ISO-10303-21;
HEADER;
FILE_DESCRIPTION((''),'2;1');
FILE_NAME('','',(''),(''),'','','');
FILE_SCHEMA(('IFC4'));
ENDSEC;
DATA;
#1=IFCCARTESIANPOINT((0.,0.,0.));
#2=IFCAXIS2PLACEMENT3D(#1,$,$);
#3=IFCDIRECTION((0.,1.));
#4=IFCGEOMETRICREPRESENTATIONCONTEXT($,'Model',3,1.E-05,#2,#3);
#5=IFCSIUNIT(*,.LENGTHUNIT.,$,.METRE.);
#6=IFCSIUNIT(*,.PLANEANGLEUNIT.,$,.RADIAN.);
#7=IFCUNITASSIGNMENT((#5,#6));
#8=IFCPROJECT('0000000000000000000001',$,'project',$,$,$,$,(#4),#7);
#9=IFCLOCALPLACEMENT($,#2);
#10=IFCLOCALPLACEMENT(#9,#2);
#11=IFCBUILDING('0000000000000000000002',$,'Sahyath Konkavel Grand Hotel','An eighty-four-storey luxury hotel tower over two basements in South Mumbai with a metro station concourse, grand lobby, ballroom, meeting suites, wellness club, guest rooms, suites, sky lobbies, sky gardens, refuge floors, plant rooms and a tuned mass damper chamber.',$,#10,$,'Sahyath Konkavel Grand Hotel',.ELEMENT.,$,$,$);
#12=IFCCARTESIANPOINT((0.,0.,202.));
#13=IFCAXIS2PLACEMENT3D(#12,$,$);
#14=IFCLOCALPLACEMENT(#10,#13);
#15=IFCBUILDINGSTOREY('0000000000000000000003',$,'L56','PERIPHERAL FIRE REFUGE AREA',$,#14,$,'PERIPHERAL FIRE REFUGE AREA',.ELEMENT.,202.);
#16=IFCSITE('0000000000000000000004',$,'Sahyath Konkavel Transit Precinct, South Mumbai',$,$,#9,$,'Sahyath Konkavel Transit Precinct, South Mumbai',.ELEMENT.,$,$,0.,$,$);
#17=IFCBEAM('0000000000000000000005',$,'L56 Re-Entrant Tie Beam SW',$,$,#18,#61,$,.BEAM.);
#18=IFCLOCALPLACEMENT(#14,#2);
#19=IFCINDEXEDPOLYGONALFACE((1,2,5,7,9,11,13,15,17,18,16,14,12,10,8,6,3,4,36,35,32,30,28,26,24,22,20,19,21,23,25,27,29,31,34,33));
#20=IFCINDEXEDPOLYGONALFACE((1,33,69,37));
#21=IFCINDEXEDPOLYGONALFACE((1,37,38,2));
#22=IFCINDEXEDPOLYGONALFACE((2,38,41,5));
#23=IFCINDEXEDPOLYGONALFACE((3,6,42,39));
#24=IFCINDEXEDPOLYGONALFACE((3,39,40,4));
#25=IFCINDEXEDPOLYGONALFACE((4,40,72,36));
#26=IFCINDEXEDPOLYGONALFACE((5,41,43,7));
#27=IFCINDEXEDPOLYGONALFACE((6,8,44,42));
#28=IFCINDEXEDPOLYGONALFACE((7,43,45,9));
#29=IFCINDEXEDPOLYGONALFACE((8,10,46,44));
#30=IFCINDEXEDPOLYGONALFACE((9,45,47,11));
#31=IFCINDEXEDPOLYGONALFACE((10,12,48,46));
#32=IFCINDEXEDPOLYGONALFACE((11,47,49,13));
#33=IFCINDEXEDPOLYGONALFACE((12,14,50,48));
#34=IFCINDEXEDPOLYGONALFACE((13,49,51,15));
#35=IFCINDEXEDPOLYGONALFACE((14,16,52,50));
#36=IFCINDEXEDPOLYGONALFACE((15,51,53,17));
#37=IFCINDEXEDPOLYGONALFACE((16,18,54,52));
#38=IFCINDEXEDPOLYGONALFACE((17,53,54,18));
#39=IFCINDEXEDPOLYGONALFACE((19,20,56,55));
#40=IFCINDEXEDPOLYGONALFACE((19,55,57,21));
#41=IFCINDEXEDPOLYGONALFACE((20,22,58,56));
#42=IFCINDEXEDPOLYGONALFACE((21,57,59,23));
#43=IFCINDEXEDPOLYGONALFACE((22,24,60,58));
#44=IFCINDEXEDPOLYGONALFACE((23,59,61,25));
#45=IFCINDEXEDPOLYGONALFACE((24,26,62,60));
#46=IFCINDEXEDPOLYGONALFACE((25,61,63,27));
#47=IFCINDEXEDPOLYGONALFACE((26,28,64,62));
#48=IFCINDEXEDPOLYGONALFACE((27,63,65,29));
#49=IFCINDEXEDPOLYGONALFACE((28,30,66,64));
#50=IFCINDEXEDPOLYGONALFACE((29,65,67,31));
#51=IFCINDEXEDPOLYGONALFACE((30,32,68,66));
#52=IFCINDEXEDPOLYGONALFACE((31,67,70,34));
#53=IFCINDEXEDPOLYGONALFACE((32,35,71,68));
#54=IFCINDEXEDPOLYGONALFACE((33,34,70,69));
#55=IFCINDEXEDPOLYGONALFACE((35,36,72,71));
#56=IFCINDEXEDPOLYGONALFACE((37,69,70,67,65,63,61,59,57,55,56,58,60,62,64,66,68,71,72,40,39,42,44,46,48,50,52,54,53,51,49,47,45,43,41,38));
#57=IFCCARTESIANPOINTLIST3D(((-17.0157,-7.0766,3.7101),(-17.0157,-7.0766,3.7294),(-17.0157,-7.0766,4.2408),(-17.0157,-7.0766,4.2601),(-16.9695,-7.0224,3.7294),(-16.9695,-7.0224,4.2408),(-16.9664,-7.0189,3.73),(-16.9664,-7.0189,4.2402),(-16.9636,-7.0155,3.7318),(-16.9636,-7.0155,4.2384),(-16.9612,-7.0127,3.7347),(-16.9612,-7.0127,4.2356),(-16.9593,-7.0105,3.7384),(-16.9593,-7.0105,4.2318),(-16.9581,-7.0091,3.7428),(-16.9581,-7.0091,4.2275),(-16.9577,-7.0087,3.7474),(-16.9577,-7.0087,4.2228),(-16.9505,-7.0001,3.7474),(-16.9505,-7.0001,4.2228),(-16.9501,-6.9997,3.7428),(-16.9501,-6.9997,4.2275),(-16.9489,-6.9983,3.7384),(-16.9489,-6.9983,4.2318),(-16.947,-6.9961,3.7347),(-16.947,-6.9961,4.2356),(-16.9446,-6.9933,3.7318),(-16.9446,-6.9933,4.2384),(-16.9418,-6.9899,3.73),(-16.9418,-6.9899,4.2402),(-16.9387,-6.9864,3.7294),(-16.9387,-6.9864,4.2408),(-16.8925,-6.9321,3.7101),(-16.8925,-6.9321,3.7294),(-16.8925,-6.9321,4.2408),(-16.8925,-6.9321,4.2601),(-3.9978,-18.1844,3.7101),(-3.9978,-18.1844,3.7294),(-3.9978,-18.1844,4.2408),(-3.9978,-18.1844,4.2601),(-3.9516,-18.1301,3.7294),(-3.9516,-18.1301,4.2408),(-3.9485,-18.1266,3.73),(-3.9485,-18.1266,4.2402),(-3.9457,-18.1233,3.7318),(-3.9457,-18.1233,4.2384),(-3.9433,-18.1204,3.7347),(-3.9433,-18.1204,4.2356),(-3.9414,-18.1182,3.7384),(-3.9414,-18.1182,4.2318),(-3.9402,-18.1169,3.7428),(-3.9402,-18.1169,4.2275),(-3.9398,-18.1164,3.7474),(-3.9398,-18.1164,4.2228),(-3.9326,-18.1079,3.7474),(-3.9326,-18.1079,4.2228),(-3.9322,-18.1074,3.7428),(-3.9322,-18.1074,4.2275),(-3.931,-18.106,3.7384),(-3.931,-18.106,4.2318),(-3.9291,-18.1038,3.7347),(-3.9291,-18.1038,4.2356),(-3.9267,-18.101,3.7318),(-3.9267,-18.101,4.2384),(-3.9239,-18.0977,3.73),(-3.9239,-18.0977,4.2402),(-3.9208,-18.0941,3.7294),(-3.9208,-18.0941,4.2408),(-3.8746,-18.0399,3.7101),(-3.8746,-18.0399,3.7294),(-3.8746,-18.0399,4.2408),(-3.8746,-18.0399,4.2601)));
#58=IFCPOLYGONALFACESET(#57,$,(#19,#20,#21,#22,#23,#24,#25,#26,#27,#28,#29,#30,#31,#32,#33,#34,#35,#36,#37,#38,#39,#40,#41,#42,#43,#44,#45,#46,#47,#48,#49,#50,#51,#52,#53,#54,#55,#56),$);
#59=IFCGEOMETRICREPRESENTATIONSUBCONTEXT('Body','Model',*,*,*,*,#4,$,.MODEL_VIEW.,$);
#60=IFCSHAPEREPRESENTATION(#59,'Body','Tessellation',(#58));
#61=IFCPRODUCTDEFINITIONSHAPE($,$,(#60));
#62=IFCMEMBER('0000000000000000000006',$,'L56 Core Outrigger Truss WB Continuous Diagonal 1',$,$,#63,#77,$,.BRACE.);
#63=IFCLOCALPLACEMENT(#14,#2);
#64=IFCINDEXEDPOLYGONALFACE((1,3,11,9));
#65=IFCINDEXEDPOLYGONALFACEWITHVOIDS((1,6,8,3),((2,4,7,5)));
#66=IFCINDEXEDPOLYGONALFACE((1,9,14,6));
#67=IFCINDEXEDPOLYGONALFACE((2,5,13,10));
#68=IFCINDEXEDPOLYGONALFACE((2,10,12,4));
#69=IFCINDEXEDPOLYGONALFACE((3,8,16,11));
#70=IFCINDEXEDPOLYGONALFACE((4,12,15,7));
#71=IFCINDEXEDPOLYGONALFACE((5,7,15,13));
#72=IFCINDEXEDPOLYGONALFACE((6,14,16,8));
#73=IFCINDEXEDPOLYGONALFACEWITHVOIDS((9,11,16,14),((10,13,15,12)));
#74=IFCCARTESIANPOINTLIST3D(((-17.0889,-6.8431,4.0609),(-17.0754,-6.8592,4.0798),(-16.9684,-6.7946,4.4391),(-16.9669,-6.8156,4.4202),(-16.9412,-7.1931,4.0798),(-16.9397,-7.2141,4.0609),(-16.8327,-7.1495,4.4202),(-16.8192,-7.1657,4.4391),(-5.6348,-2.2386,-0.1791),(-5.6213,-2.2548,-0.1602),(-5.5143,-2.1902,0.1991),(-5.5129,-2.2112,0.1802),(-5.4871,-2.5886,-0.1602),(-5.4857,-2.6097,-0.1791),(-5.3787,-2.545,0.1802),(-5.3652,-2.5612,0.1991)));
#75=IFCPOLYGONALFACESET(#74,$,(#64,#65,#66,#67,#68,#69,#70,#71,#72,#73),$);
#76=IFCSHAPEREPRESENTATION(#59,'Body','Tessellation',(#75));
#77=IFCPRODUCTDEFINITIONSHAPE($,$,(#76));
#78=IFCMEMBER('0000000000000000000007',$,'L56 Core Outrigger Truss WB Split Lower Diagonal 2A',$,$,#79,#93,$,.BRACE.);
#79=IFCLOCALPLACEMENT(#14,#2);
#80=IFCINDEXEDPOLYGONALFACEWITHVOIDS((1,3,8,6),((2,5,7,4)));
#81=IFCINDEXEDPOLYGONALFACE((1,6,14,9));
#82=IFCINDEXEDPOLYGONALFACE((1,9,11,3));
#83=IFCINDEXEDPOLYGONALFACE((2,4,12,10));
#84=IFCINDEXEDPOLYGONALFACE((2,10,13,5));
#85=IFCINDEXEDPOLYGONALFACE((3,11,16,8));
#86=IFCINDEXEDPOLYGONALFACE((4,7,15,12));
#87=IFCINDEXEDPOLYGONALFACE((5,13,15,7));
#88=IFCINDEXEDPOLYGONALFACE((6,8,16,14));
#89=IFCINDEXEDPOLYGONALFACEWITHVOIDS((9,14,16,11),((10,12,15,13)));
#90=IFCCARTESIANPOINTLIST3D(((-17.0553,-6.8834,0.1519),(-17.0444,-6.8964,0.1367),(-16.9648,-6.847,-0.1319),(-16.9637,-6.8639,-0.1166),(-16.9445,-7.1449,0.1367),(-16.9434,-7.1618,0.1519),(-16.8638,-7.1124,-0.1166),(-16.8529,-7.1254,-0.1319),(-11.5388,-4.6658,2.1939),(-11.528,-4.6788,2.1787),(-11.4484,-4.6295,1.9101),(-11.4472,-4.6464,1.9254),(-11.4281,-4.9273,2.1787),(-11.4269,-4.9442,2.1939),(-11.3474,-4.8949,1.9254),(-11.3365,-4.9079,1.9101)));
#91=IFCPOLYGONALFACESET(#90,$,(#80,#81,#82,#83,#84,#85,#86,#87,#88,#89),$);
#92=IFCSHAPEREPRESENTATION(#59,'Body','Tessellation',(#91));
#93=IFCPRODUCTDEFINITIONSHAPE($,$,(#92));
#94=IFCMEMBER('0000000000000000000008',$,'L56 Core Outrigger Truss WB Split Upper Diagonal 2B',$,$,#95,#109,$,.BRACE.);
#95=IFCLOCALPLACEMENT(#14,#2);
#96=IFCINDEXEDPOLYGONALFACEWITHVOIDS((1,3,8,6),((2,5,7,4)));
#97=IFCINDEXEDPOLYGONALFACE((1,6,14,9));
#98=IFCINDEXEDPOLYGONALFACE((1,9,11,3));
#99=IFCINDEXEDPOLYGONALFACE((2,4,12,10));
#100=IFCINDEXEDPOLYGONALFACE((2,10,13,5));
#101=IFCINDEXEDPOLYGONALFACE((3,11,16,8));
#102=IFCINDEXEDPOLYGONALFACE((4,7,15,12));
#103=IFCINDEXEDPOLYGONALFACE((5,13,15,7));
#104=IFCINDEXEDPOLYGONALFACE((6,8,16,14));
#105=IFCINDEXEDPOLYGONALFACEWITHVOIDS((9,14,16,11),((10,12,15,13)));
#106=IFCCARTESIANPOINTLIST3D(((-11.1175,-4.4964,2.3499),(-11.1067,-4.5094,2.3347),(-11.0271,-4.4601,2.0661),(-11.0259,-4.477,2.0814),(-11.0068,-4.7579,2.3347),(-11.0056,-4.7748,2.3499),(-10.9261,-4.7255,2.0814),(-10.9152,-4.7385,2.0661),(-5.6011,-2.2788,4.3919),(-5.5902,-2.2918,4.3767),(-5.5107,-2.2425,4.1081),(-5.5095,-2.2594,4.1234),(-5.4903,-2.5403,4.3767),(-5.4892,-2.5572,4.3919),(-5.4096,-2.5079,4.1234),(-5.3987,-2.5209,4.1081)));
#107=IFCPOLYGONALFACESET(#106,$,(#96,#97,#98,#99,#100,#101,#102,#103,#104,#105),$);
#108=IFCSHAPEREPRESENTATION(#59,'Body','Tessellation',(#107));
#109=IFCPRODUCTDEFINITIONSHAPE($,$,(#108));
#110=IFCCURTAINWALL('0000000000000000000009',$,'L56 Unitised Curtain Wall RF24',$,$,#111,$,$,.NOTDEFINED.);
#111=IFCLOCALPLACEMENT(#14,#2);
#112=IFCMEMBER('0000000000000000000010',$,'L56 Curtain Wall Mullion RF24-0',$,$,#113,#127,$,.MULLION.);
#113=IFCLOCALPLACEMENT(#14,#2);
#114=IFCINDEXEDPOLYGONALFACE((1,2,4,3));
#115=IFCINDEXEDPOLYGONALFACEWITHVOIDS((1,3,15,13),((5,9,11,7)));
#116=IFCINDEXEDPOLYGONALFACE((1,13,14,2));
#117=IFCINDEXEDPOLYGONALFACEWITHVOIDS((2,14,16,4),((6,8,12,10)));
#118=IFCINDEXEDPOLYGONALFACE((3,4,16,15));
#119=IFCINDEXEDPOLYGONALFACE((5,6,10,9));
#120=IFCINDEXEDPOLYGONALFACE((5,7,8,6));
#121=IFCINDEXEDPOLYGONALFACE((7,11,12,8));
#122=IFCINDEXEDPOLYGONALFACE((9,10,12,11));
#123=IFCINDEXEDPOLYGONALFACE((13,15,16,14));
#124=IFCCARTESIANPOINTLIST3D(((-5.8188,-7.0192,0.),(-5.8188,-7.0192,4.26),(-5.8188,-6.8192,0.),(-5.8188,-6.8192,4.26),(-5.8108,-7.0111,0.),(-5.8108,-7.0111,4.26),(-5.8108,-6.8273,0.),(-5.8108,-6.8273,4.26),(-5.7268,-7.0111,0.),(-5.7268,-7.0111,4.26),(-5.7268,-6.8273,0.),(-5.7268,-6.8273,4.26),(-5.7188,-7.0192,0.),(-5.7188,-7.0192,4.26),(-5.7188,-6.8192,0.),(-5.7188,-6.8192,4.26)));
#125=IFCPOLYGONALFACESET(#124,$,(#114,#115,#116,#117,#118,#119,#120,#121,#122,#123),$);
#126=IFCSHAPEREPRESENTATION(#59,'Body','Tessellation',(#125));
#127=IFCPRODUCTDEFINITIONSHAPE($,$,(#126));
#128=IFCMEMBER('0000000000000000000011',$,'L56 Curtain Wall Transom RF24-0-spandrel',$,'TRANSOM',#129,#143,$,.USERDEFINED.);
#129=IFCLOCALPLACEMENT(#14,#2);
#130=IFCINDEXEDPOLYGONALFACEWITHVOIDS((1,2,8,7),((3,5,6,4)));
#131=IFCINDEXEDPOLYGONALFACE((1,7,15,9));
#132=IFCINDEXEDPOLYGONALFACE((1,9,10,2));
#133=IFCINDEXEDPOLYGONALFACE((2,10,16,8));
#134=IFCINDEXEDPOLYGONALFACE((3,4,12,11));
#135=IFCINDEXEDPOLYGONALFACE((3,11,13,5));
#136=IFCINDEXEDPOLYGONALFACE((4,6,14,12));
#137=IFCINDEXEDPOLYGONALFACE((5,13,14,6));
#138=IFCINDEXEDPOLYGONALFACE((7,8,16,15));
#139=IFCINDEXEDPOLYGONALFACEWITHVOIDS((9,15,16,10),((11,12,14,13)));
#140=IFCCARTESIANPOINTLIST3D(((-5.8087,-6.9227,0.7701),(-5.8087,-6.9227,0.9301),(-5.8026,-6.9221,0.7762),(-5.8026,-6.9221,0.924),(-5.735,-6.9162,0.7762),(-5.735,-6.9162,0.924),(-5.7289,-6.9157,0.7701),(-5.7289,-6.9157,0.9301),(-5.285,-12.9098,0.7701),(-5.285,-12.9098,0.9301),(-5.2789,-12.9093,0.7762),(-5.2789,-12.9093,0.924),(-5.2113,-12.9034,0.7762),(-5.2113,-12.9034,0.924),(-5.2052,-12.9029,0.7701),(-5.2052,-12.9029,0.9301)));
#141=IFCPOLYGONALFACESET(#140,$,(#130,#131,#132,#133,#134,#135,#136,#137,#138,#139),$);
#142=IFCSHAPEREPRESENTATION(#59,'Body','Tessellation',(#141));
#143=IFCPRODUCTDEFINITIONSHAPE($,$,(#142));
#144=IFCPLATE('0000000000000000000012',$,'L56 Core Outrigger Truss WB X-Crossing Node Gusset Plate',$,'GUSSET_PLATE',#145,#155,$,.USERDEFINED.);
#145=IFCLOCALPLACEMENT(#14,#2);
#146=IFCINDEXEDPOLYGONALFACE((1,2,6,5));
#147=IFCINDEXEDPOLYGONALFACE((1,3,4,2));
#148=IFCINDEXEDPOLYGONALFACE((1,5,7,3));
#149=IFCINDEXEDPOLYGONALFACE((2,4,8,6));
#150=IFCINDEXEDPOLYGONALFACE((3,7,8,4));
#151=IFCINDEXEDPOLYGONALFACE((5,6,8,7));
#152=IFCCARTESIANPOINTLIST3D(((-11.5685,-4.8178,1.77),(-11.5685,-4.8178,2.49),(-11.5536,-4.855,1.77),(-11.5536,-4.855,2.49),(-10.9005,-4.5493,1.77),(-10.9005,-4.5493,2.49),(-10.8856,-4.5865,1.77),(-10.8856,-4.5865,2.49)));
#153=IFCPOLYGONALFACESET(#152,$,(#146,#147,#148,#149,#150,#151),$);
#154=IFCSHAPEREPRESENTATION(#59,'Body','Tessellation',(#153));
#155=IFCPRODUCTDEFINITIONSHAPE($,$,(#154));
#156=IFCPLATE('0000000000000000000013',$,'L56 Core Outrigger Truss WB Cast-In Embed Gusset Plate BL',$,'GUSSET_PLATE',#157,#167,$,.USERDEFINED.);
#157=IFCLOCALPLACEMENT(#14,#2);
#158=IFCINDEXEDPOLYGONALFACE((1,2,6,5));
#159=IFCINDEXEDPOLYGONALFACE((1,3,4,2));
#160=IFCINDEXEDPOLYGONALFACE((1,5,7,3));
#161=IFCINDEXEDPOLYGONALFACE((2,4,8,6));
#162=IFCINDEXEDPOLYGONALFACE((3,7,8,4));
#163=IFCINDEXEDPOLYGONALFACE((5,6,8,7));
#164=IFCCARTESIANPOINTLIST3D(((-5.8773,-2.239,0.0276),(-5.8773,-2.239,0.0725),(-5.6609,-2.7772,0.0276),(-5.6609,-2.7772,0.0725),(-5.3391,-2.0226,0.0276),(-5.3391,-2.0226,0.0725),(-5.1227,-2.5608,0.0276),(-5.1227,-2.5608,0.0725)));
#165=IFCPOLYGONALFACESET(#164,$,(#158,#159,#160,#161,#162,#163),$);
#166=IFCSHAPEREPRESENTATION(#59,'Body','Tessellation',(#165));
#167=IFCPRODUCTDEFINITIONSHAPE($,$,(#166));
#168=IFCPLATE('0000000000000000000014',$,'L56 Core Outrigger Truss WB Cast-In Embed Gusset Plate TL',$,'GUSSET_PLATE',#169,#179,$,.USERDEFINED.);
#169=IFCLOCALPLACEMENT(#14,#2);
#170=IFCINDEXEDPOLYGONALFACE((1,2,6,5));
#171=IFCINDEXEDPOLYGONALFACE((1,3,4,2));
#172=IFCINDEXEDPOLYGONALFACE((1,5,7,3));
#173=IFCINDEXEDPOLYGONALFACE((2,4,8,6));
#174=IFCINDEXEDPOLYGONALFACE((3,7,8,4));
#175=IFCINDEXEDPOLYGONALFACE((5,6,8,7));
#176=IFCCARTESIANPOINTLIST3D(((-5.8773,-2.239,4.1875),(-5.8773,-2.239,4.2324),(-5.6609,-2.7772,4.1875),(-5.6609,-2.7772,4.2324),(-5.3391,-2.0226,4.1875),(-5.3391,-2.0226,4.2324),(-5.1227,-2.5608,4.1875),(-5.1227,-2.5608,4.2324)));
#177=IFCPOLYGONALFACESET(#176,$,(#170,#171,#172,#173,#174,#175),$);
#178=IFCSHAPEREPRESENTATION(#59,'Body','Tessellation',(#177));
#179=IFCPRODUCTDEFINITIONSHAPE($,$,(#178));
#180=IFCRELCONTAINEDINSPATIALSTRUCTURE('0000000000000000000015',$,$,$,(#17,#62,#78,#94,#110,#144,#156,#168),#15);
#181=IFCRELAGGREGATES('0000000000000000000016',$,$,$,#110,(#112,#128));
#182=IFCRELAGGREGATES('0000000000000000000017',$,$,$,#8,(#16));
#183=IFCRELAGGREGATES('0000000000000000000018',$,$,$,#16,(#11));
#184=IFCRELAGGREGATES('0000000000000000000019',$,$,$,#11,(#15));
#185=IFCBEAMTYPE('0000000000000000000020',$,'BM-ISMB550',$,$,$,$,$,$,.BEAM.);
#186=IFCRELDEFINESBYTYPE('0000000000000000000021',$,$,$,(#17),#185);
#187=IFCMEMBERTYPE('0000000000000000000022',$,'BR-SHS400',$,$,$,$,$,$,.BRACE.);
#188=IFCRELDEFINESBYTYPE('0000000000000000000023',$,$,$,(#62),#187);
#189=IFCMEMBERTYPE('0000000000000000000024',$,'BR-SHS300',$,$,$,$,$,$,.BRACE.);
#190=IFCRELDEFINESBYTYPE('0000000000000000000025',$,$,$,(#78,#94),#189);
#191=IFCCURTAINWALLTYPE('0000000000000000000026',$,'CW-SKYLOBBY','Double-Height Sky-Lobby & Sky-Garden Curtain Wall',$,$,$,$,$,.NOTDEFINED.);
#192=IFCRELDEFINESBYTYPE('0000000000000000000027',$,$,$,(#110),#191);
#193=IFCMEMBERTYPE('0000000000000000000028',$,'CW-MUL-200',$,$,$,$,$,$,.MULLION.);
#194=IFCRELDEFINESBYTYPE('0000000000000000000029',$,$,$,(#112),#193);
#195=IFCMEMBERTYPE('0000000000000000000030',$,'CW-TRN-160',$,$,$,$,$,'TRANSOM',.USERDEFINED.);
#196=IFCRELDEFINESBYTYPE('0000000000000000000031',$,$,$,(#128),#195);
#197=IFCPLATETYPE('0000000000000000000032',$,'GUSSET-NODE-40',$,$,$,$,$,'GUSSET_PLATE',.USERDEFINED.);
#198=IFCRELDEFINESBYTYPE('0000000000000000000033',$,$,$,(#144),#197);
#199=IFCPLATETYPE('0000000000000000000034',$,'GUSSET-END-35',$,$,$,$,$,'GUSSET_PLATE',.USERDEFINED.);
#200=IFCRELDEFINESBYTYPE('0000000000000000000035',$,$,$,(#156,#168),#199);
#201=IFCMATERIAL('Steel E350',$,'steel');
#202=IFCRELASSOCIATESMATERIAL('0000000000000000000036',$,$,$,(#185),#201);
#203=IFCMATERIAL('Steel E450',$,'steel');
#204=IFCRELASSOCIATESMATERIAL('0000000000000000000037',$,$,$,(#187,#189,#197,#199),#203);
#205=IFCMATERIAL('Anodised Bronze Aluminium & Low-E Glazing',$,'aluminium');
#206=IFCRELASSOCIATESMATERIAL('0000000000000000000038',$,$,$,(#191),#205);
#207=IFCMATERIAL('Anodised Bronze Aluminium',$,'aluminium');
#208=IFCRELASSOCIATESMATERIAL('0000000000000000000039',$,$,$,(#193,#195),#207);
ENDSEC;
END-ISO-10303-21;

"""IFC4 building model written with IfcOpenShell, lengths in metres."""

from ifc_helpers import new_model, si_unit, direction, frame, origin, origin_2d, place, context, subcontext, project, spatial, rectangle, hollow_rectangle, i_section, extrude, source, transform, mapped, material, material_profile, profile_set, type_object, element, aggregate, save


model = new_model("IFC4")

# Units and contexts
model_context = context("Model", 3, precision=1e-05, world=origin(), true_north=direction((0.0, 1.0)))
body_context = subcontext(model_context, "Body", "Model", "MODEL_VIEW")
ifc_project = project(units=[si_unit("LENGTHUNIT", "METRE"), si_unit("PLANEANGLEUNIT", "RADIAN")], contexts=[model_context])

# Site, building, storey
site_placement = place(None, origin())
site = spatial("IfcSite", under=ifc_project, at=site_placement, Name="Sahyath Konkavel Transit Precinct, South Mumbai", LongName="Sahyath Konkavel Transit Precinct, South Mumbai", CompositionType="ELEMENT", RefElevation=0.0)
building_placement = place(site_placement, origin())
building = spatial("IfcBuilding", under=site, at=building_placement, Name="Sahyath Konkavel Grand Hotel", Description="An eighty-four-storey luxury hotel tower over two basements in South Mumbai with a metro station concourse, grand lobby, ballroom, meeting suites, wellness club, guest rooms, suites, sky lobbies, sky gardens, refuge floors, plant rooms and a tuned mass damper chamber.", LongName="Sahyath Konkavel Grand Hotel", CompositionType="ELEMENT")
storey_placement = place(building_placement, frame((0.0, 0.0, 202.0)))
storey = spatial("IfcBuildingStorey", under=building, at=storey_placement, Name="L56", Description="PERIPHERAL FIRE REFUGE AREA", LongName="PERIPHERAL FIRE REFUGE AREA", CompositionType="ELEMENT", Elevation=202.0)

# Shared definitions
ifc_material_1 = material(Name="Steel E450", Category="steel")

# Beam
ifc_material_2 = material(Name="Steel E350", Category="steel")
ifc_material_profile_1 = material_profile(ifc_material_2, i_section(OverallWidth=0.1899, OverallDepth=0.55, WebThickness=0.0112, FlangeThickness=0.0193, FilletRadius=0.0181, at=origin_2d()), Name="ISMB 550")
ifc_profile_set_1 = profile_set([ifc_material_profile_1], Name="Steel E350")
beam_type_1 = type_object("IfcBeamType", Name="BM-ISMB550", PredefinedType="BEAM", material=ifc_profile_set_1)
shared_shape_1 = source(origin(), body_context, "Body", "SweptSolid", [
    extrude(i_section(OverallWidth=0.1899, OverallDepth=0.55, WebThickness=0.0112, FlangeThickness=0.0193, FilletRadius=0.0181, at=origin_2d()), origin(), (0.0, 0.0, 1.0), 17.1128),
])
beam_1_placement = place(storey_placement, frame((-16.9541, -7.0044, 3.9851), z_axis=(0.760712, -0.64909, 0.0), x_axis=(0.64909, 0.760712, 0.0)))
element("IfcBeam", 1, at=beam_1_placement, inside=storey, type_object=beam_type_1, Name="L56 Re-Entrant Tie Beam SW", PredefinedType="BEAM", context=body_context, shape_type="MappedRepresentation", body=[
    mapped(shared_shape_1, transform((0.0, 0.0, 0.0), scale=1.0)),
])

# Members
ifc_material_profile_2 = material_profile(ifc_material_1, hollow_rectangle(XDim=0.3999, YDim=0.3999, WallThickness=0.02, at=origin_2d()), Name="SHS 400x400x20")
ifc_profile_set_2 = profile_set([ifc_material_profile_2], Name="Steel E450")
member_type_1 = type_object("IfcMemberType", Name="BR-SHS400", PredefinedType="BRACE", material=ifc_profile_set_2)
shared_shape_2 = source(origin(), body_context, "Body", "SweptSolid", [
    extrude(hollow_rectangle(XDim=0.3999, YDim=0.3999, WallThickness=0.02, at=origin_2d()), origin(), (0.0, 0.0, 1.0), 13.0527),
])
member_1_placement = place(storey_placement, frame((-5.5, -2.3999, 0.01), z_axis=(-0.877521, -0.352759, 0.324834), x_axis=(0.372986, -0.927837, 0.0)))
element("IfcMember", 2, at=member_1_placement, inside=storey, type_object=member_type_1, Name="L56 Core Outrigger Truss WB Continuous Diagonal 1", PredefinedType="BRACE", context=body_context, shape_type="MappedRepresentation", body=[
    mapped(shared_shape_2, transform((0.0, 0.0, 0.0), scale=1.0)),
])
ifc_material_profile_3 = material_profile(ifc_material_1, hollow_rectangle(XDim=0.3, YDim=0.3, WallThickness=0.0161, at=origin_2d()), Name="SHS 300x300x16")
ifc_profile_set_3 = profile_set([ifc_material_profile_3], Name="Steel E450")
member_type_2 = type_object("IfcMemberType", Name="BR-SHS300", PredefinedType="BRACE", material=ifc_profile_set_3)
shared_shape_3 = source(origin(), body_context, "Body", "SweptSolid", [
    extrude(hollow_rectangle(XDim=0.3, YDim=0.3, WallThickness=0.0161, at=origin_2d()), origin(), (0.0, 0.0, 1.0), 6.2864),
])
for number, where, z_axis, x_axis, name in (
    (3, (-16.9541, -7.0044, 0.01), (0.877523, 0.352757, 0.324833), (-0.372983, 0.927838, 0.0), "L56 Core Outrigger Truss WB Split Lower Diagonal 2A"),
    (4, (-11.0164, -4.6174, 2.208), (0.877523, 0.352757, 0.324833), (-0.372983, 0.927838, 0.0), "L56 Core Outrigger Truss WB Split Upper Diagonal 2B"),
):
    element("IfcMember", number, at=place(storey_placement, frame(where, z_axis=z_axis, x_axis=x_axis)), inside=storey, type_object=member_type_2, Name=name, PredefinedType="BRACE", context=body_context, shape_type="MappedRepresentation", body=[
        mapped(shared_shape_3, transform((0.0, 0.0, 0.0), scale=1.0)),
    ])

# Curtain wall, members
ifc_material_3 = material(Name="Anodised Bronze Aluminium & Low-E Glazing", Category="aluminium")
curtain_wall_type = type_object("IfcCurtainWallType", Name="CW-SKYLOBBY", Description="Double-Height Sky-Lobby & Sky-Garden Curtain Wall", PredefinedType="NOTDEFINED", material=ifc_material_3)
curtain_wall_placement = place(storey_placement, origin())
curtain_wall = element("IfcCurtainWall", 5, at=curtain_wall_placement, inside=storey, type_object=curtain_wall_type, Name="L56 Unitised Curtain Wall RF24", PredefinedType="NOTDEFINED")
ifc_material_4 = material(Name="Anodised Bronze Aluminium", Category="aluminium")
ifc_material_profile_4 = material_profile(ifc_material_4, hollow_rectangle(XDim=0.1001, YDim=0.2, WallThickness=0.0081, at=origin_2d()), Name="RHS 200x100x8")
ifc_profile_set_4 = profile_set([ifc_material_profile_4], Name="Anodised Bronze Aluminium")
member_type_3 = type_object("IfcMemberType", Name="CW-MUL-200", PredefinedType="MULLION", material=ifc_profile_set_4)
shared_shape_4 = source(origin(), body_context, "Body", "SweptSolid", [
    extrude(hollow_rectangle(XDim=0.1001, YDim=0.2, WallThickness=0.0081, at=origin_2d()), origin(), (0.0, 0.0, 1.0), 4.26),
])
member_2_placement = place(storey_placement, frame((-5.7688, -6.9192, 0.0), z_axis=(0.0, 0.0, 1.0), x_axis=(1.0, 0.0, 0.0)))
member_2 = element("IfcMember", 6, at=member_2_placement, type_object=member_type_3, Name="L56 Curtain Wall Mullion RF24-0", PredefinedType="MULLION", context=body_context, shape_type="MappedRepresentation", body=[
    mapped(shared_shape_4, transform((0.0, 0.0, 0.0), scale=1.0)),
])
ifc_material_profile_5 = material_profile(ifc_material_4, hollow_rectangle(XDim=0.0801, YDim=0.1599, WallThickness=0.0061, at=origin_2d()), Name="RHS 160x80x6")
ifc_profile_set_5 = profile_set([ifc_material_profile_5], Name="Anodised Bronze Aluminium")
member_type_4 = type_object("IfcMemberType", Name="CW-TRN-160", ElementType="TRANSOM", PredefinedType="USERDEFINED", material=ifc_profile_set_5)
shared_shape_5 = source(origin(), body_context, "Body", "SweptSolid", [
    extrude(hollow_rectangle(XDim=0.0801, YDim=0.1599, WallThickness=0.0061, at=origin_2d()), origin(), (0.0, 0.0, 1.0), 6.01),
])
member_3_placement = place(storey_placement, frame((-5.7688, -6.9192, 0.8501), z_axis=(0.087136, -0.996196, 0.0), x_axis=(0.996196, 0.087136, 0.0)))
member_3 = element("IfcMember", 7, at=member_3_placement, type_object=member_type_4, Name="L56 Curtain Wall Transom RF24-0-spandrel", ObjectType="TRANSOM", PredefinedType="USERDEFINED", context=body_context, shape_type="MappedRepresentation", body=[
    mapped(shared_shape_5, transform((0.0, 0.0, 0.0), scale=1.0)),
])
aggregate(curtain_wall, [member_2, member_3])

# Plates
plate_type_1 = type_object("IfcPlateType", Name="GUSSET-NODE-40", ElementType="GUSSET_PLATE", PredefinedType="USERDEFINED", material=ifc_material_1)
shared_shape_6 = source(origin(), body_context, "Body", "SweptSolid", [
    extrude(rectangle(XDim=0.72, YDim=0.04, at=origin_2d()), origin(), (0.0, 0.0, 1.0), 0.72),
])
plate_1_placement = place(storey_placement, frame((-11.2271, -4.7021, 1.77), z_axis=(0.0, 0.0, 1.0), x_axis=(-0.927843, -0.372972, 0.0)))
element("IfcPlate", 8, at=plate_1_placement, inside=storey, type_object=plate_type_1, Name="L56 Core Outrigger Truss WB X-Crossing Node Gusset Plate", ObjectType="GUSSET_PLATE", PredefinedType="USERDEFINED", context=body_context, shape_type="MappedRepresentation", body=[
    mapped(shared_shape_6, transform((0.0, 0.0, 0.0), scale=1.0)),
])
plate_type_2 = type_object("IfcPlateType", Name="GUSSET-END-35", ElementType="GUSSET_PLATE", PredefinedType="USERDEFINED", material=ifc_material_1)
shared_shape_7 = source(origin(), body_context, "Body", "SweptSolid", [
    extrude(rectangle(XDim=0.5801, YDim=0.5801, at=origin_2d()), origin(), (0.0, 0.0, 1.0), 0.0449),
])
for number, where, z_axis, x_axis, name in (
    (9, (-5.5, -2.3999, 0.0276), (0.0, 0.0, 1.0), (-0.927843, -0.372972, 0.0), "L56 Core Outrigger Truss WB Cast-In Embed Gusset Plate BL"),
    (10, (-5.5, -2.3999, 4.1875), (0.0, 0.0, 1.0), (-0.927843, -0.372972, 0.0), "L56 Core Outrigger Truss WB Cast-In Embed Gusset Plate TL"),
):
    element("IfcPlate", number, at=place(storey_placement, frame(where, z_axis=z_axis, x_axis=x_axis)), inside=storey, type_object=plate_type_2, Name=name, ObjectType="GUSSET_PLATE", PredefinedType="USERDEFINED", context=body_context, shape_type="MappedRepresentation", body=[
        mapped(shared_shape_7, transform((0.0, 0.0, 0.0), scale=1.0)),
    ])

save(model, "model.ifc")
